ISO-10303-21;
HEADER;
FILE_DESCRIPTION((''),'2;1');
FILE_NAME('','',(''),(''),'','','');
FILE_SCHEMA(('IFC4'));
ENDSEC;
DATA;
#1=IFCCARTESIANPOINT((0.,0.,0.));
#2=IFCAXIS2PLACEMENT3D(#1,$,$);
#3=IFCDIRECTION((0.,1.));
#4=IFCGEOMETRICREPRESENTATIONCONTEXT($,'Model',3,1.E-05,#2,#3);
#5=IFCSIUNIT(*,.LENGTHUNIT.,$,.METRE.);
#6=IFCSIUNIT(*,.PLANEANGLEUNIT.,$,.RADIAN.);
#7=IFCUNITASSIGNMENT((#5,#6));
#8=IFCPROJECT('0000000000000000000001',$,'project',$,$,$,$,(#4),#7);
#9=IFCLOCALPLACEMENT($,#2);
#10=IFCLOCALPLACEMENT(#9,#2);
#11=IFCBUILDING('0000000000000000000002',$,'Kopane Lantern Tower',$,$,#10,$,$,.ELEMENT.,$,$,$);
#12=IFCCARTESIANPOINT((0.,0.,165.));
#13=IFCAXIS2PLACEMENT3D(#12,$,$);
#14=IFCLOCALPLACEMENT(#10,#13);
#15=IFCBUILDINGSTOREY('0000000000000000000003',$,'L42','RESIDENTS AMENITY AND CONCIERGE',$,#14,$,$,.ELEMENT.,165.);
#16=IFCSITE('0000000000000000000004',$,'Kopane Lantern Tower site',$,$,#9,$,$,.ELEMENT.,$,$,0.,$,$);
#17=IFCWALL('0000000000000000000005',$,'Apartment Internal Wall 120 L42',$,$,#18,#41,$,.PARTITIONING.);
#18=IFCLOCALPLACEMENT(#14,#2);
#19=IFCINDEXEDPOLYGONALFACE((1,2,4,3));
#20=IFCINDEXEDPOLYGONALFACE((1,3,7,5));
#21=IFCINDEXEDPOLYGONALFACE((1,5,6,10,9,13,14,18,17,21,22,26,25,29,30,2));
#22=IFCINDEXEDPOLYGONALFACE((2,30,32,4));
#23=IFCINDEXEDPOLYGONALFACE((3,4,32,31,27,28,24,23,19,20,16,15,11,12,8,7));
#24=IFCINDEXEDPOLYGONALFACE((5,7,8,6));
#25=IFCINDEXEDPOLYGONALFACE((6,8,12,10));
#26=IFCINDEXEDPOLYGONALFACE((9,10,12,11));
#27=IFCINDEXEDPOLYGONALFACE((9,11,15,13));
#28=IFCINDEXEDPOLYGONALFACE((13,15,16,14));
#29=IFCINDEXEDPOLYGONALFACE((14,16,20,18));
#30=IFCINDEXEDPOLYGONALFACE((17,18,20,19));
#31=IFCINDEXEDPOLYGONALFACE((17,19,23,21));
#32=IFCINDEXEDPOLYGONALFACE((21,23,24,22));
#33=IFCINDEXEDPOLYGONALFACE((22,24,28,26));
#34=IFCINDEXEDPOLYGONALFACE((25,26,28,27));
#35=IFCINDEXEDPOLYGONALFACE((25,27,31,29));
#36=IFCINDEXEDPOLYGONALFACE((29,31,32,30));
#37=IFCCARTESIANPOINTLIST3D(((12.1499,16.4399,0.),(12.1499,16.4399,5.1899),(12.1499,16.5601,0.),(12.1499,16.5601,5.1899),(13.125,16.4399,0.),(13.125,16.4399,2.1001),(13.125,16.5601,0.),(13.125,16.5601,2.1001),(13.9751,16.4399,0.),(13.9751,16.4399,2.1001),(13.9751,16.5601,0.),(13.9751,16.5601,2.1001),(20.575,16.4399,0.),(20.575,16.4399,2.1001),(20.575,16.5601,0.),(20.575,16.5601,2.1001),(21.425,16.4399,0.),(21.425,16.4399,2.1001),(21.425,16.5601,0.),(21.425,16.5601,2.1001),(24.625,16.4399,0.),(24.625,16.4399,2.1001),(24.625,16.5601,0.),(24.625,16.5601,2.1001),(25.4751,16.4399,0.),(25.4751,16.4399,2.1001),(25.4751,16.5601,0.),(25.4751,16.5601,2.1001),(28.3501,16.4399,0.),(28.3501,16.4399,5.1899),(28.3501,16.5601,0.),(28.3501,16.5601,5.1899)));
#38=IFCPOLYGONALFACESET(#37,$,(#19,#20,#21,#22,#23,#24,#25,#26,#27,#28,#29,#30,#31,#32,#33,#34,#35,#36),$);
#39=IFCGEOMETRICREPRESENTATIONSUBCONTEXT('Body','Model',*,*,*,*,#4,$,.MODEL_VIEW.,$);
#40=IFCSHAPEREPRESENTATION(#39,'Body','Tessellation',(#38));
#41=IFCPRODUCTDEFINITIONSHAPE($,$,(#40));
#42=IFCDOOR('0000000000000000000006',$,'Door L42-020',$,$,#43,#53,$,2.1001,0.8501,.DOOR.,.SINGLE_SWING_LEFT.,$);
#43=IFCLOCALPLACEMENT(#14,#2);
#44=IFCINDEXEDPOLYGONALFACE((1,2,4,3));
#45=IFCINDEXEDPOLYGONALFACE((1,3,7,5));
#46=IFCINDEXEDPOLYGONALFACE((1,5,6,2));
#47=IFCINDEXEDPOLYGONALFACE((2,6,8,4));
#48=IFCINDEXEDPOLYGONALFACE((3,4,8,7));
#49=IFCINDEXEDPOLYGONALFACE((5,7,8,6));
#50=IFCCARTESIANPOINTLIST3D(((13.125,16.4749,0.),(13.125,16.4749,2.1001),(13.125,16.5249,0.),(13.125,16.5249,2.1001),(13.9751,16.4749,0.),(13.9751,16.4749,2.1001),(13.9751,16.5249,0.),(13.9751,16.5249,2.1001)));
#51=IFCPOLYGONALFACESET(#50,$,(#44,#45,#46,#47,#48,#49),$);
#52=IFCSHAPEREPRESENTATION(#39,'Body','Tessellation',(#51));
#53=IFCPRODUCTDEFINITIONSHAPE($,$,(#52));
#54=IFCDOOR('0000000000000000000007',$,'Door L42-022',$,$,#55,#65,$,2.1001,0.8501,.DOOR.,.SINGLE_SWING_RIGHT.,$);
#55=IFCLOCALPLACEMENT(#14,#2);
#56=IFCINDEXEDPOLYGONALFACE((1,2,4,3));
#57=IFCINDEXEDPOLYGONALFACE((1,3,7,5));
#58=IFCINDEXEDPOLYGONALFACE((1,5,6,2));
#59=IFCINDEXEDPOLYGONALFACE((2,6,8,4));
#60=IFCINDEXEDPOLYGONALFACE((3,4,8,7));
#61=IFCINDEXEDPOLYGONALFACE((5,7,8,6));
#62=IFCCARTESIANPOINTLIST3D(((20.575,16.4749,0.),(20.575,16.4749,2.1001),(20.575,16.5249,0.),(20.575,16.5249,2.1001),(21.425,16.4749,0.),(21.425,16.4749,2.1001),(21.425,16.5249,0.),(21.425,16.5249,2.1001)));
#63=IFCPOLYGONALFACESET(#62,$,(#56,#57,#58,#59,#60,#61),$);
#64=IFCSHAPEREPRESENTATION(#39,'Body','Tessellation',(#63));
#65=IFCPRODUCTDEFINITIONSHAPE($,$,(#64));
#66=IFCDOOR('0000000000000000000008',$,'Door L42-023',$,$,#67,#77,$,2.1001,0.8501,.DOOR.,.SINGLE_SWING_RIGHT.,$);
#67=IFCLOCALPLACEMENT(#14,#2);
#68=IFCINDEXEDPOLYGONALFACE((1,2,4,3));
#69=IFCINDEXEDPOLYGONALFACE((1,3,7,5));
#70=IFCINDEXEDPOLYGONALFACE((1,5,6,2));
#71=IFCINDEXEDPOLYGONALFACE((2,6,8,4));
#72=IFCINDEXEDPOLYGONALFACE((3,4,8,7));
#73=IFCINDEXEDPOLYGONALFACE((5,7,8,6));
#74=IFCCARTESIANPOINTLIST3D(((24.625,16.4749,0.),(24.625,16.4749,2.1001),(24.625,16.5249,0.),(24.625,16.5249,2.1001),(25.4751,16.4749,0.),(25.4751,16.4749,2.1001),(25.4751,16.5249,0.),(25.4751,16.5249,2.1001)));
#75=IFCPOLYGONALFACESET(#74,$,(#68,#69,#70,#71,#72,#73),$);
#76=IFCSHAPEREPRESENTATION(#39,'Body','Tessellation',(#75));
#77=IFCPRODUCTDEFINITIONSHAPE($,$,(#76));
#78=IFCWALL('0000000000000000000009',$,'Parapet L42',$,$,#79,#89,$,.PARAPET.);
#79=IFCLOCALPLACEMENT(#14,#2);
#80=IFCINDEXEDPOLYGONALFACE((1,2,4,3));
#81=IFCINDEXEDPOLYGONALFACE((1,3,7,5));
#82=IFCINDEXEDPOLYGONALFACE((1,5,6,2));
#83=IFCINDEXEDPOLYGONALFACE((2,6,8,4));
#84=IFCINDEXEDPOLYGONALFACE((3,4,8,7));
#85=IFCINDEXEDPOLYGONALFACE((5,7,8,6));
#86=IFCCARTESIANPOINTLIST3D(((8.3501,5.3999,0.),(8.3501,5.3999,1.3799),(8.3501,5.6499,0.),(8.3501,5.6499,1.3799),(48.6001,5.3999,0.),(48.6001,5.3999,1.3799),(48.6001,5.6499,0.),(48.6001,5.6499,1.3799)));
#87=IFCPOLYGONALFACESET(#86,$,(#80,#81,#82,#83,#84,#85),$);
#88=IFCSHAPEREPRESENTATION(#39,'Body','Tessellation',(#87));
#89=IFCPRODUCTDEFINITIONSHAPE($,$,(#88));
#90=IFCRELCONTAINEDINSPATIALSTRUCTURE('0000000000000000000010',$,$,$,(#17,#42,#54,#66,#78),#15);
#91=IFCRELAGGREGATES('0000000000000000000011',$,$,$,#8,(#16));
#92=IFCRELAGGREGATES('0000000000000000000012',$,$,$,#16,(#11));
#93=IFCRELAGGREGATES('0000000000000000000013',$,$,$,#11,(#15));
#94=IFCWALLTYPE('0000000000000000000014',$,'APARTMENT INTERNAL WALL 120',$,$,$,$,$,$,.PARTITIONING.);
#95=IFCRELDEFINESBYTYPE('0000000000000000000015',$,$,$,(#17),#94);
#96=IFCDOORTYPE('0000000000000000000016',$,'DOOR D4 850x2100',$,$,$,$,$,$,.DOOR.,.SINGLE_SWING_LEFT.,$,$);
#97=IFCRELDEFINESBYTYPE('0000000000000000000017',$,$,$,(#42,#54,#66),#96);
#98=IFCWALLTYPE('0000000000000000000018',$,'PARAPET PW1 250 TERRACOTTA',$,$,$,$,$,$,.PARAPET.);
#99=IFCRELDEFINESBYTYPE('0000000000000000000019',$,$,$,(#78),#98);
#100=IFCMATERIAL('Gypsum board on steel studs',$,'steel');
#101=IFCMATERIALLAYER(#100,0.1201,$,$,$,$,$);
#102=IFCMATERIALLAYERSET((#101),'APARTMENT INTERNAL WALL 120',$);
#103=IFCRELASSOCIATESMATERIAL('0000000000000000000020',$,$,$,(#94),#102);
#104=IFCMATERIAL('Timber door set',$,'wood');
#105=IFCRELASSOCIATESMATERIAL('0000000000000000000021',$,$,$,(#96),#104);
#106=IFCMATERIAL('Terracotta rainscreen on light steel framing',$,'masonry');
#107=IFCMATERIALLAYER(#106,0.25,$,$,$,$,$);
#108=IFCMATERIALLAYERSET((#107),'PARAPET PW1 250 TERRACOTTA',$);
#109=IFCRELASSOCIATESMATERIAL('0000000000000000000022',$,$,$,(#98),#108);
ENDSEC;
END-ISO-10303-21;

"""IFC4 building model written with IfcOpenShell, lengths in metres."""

from ifc_helpers import new_model, si_unit, direction, frame, frame_2d, origin, place, context, subcontext, project, spatial, rectangle, extrude, material, layer, layer_set, type_object, element, fill, save


model = new_model("IFC4")

# Units and contexts
model_context = context("Model", 3, precision=1e-05, world=origin(), true_north=direction((0.0, 1.0)))
body_context = subcontext(model_context, "Body", "Model", "MODEL_VIEW")
ifc_project = project(units=[si_unit("LENGTHUNIT", "METRE"), si_unit("PLANEANGLEUNIT", "RADIAN")], contexts=[model_context])

# Site, building, storey
site_placement = place(None, origin())
site = spatial("IfcSite", under=ifc_project, at=site_placement, Name="Kopane Lantern Tower site", CompositionType="ELEMENT", RefElevation=0.0)
building_placement = place(site_placement, origin())
building = spatial("IfcBuilding", under=site, at=building_placement, Name="Kopane Lantern Tower", CompositionType="ELEMENT")
storey_placement = place(building_placement, frame((0.0, 0.0, 165.0)))
storey = spatial("IfcBuildingStorey", under=building, at=storey_placement, Name="L42", Description="RESIDENTS AMENITY AND CONCIERGE", CompositionType="ELEMENT", Elevation=165.0)

# Wall, openings, doors
ifc_material_1 = material(Name="Gypsum board on steel studs", Category="steel")
ifc_layer_1 = layer(ifc_material_1, 0.1201)
ifc_layer_set_1 = layer_set([ifc_layer_1], Name="APARTMENT INTERNAL WALL 120")
wall_type_1 = type_object("IfcWallType", Name="APARTMENT INTERNAL WALL 120", PredefinedType="PARTITIONING", material=ifc_layer_set_1)
wall_1_placement = place(storey_placement, frame((12.1499, 16.5, 0.0), z_axis=(0.0, 0.0, 1.0), x_axis=(1.0, 0.0, 0.0)))
wall_1 = element("IfcWall", 1, at=wall_1_placement, inside=storey, type_object=wall_type_1, Name="Apartment Internal Wall 120 L42", PredefinedType="PARTITIONING", context=body_context, shape_type="SweptSolid", body=[
    extrude(rectangle(XDim=16.2002, YDim=0.1201, at=frame_2d((8.1001, 0.0))), origin(), (0.0, 0.0, 1.0), 5.1899),
])
opening_1_placement = place(wall_1_placement, frame((0.9751, 0.0, 0.0)))
opening_1 = element("IfcOpeningElement", 2, at=opening_1_placement, cuts=wall_1, PredefinedType="OPENING", context=body_context, shape_type="SweptSolid", body=[
    extrude(rectangle(XDim=0.8501, YDim=2.1001, at=frame_2d((0.425, 1.05))), frame((0.0, 0.0701, 0.0), z_axis=(0.0, -1.0, 0.0), x_axis=(1.0, 0.0, 0.0)), (0.0, 0.0, 1.0), 0.1401),
])
opening_2_placement = place(wall_1_placement, frame((8.425, 0.0, 0.0)))
opening_2 = element("IfcOpeningElement", 3, at=opening_2_placement, cuts=wall_1, PredefinedType="OPENING", context=body_context, shape_type="SweptSolid", body=[
    extrude(rectangle(XDim=0.8501, YDim=2.1001, at=frame_2d((0.425, 1.05))), frame((0.0, 0.0701, 0.0), z_axis=(0.0, -1.0, 0.0), x_axis=(1.0, 0.0, 0.0)), (0.0, 0.0, 1.0), 0.1401),
])
opening_3_placement = place(wall_1_placement, frame((12.4751, 0.0, 0.0)))
opening_3 = element("IfcOpeningElement", 4, at=opening_3_placement, cuts=wall_1, PredefinedType="OPENING", context=body_context, shape_type="SweptSolid", body=[
    extrude(rectangle(XDim=0.8501, YDim=2.1001, at=frame_2d((0.425, 1.05))), frame((0.0, 0.0701, 0.0), z_axis=(0.0, -1.0, 0.0), x_axis=(1.0, 0.0, 0.0)), (0.0, 0.0, 1.0), 0.1401),
])
ifc_material_2 = material(Name="Timber door set", Category="wood")
door_type = type_object("IfcDoorType", Name="DOOR D4 850x2100", OperationType="SINGLE_SWING_LEFT", PredefinedType="DOOR", material=ifc_material_2)
door_1_placement = place(opening_1_placement, origin())
door_1 = element("IfcDoor", 5, at=door_1_placement, inside=storey, type_object=door_type, Name="Door L42-020", OperationType="SINGLE_SWING_LEFT", OverallHeight=2.1001, OverallWidth=0.8501, PredefinedType="DOOR", context=body_context, shape_type="SweptSolid", body=[
    extrude(rectangle(XDim=0.8501, YDim=2.1001, at=frame_2d((0.425, 1.05))), frame((0.0, 0.0249, 0.0), z_axis=(0.0, -1.0, 0.0), x_axis=(1.0, 0.0, 0.0)), (0.0, 0.0, 1.0), 0.05),
])
fill(opening_1, door_1)
door_2_placement = place(opening_2_placement, origin())
door_2 = element("IfcDoor", 6, at=door_2_placement, inside=storey, type_object=door_type, Name="Door L42-022", OperationType="SINGLE_SWING_RIGHT", OverallHeight=2.1001, OverallWidth=0.8501, PredefinedType="DOOR", context=body_context, shape_type="SweptSolid", body=[
    extrude(rectangle(XDim=0.8501, YDim=2.1001, at=frame_2d((0.425, 1.05))), frame((0.0, 0.0249, 0.0), z_axis=(0.0, -1.0, 0.0), x_axis=(1.0, 0.0, 0.0)), (0.0, 0.0, 1.0), 0.05),
])
fill(opening_2, door_2)
door_3_placement = place(opening_3_placement, origin())
door_3 = element("IfcDoor", 7, at=door_3_placement, inside=storey, type_object=door_type, Name="Door L42-023", OperationType="SINGLE_SWING_RIGHT", OverallHeight=2.1001, OverallWidth=0.8501, PredefinedType="DOOR", context=body_context, shape_type="SweptSolid", body=[
    extrude(rectangle(XDim=0.8501, YDim=2.1001, at=frame_2d((0.425, 1.05))), frame((0.0, 0.0249, 0.0), z_axis=(0.0, -1.0, 0.0), x_axis=(1.0, 0.0, 0.0)), (0.0, 0.0, 1.0), 0.05),
])
fill(opening_3, door_3)

# Wall
ifc_material_3 = material(Name="Terracotta rainscreen on light steel framing", Category="masonry")
ifc_layer_2 = layer(ifc_material_3, 0.25)
ifc_layer_set_2 = layer_set([ifc_layer_2], Name="PARAPET PW1 250 TERRACOTTA")
wall_type_2 = type_object("IfcWallType", Name="PARAPET PW1 250 TERRACOTTA", PredefinedType="PARAPET", material=ifc_layer_set_2)
wall_2_placement = place(storey_placement, frame((8.3501, 5.5249, 0.0), z_axis=(0.0, 0.0, 1.0), x_axis=(1.0, 0.0, 0.0)))
element("IfcWall", 8, at=wall_2_placement, inside=storey, type_object=wall_type_2, Name="Parapet L42", PredefinedType="PARAPET", context=body_context, shape_type="SweptSolid", body=[
    extrude(rectangle(XDim=40.25, YDim=0.25, at=frame_2d((20.125, 0.0))), origin(), (0.0, 0.0, 1.0), 1.3799),
])

save(model, "model.ifc")
